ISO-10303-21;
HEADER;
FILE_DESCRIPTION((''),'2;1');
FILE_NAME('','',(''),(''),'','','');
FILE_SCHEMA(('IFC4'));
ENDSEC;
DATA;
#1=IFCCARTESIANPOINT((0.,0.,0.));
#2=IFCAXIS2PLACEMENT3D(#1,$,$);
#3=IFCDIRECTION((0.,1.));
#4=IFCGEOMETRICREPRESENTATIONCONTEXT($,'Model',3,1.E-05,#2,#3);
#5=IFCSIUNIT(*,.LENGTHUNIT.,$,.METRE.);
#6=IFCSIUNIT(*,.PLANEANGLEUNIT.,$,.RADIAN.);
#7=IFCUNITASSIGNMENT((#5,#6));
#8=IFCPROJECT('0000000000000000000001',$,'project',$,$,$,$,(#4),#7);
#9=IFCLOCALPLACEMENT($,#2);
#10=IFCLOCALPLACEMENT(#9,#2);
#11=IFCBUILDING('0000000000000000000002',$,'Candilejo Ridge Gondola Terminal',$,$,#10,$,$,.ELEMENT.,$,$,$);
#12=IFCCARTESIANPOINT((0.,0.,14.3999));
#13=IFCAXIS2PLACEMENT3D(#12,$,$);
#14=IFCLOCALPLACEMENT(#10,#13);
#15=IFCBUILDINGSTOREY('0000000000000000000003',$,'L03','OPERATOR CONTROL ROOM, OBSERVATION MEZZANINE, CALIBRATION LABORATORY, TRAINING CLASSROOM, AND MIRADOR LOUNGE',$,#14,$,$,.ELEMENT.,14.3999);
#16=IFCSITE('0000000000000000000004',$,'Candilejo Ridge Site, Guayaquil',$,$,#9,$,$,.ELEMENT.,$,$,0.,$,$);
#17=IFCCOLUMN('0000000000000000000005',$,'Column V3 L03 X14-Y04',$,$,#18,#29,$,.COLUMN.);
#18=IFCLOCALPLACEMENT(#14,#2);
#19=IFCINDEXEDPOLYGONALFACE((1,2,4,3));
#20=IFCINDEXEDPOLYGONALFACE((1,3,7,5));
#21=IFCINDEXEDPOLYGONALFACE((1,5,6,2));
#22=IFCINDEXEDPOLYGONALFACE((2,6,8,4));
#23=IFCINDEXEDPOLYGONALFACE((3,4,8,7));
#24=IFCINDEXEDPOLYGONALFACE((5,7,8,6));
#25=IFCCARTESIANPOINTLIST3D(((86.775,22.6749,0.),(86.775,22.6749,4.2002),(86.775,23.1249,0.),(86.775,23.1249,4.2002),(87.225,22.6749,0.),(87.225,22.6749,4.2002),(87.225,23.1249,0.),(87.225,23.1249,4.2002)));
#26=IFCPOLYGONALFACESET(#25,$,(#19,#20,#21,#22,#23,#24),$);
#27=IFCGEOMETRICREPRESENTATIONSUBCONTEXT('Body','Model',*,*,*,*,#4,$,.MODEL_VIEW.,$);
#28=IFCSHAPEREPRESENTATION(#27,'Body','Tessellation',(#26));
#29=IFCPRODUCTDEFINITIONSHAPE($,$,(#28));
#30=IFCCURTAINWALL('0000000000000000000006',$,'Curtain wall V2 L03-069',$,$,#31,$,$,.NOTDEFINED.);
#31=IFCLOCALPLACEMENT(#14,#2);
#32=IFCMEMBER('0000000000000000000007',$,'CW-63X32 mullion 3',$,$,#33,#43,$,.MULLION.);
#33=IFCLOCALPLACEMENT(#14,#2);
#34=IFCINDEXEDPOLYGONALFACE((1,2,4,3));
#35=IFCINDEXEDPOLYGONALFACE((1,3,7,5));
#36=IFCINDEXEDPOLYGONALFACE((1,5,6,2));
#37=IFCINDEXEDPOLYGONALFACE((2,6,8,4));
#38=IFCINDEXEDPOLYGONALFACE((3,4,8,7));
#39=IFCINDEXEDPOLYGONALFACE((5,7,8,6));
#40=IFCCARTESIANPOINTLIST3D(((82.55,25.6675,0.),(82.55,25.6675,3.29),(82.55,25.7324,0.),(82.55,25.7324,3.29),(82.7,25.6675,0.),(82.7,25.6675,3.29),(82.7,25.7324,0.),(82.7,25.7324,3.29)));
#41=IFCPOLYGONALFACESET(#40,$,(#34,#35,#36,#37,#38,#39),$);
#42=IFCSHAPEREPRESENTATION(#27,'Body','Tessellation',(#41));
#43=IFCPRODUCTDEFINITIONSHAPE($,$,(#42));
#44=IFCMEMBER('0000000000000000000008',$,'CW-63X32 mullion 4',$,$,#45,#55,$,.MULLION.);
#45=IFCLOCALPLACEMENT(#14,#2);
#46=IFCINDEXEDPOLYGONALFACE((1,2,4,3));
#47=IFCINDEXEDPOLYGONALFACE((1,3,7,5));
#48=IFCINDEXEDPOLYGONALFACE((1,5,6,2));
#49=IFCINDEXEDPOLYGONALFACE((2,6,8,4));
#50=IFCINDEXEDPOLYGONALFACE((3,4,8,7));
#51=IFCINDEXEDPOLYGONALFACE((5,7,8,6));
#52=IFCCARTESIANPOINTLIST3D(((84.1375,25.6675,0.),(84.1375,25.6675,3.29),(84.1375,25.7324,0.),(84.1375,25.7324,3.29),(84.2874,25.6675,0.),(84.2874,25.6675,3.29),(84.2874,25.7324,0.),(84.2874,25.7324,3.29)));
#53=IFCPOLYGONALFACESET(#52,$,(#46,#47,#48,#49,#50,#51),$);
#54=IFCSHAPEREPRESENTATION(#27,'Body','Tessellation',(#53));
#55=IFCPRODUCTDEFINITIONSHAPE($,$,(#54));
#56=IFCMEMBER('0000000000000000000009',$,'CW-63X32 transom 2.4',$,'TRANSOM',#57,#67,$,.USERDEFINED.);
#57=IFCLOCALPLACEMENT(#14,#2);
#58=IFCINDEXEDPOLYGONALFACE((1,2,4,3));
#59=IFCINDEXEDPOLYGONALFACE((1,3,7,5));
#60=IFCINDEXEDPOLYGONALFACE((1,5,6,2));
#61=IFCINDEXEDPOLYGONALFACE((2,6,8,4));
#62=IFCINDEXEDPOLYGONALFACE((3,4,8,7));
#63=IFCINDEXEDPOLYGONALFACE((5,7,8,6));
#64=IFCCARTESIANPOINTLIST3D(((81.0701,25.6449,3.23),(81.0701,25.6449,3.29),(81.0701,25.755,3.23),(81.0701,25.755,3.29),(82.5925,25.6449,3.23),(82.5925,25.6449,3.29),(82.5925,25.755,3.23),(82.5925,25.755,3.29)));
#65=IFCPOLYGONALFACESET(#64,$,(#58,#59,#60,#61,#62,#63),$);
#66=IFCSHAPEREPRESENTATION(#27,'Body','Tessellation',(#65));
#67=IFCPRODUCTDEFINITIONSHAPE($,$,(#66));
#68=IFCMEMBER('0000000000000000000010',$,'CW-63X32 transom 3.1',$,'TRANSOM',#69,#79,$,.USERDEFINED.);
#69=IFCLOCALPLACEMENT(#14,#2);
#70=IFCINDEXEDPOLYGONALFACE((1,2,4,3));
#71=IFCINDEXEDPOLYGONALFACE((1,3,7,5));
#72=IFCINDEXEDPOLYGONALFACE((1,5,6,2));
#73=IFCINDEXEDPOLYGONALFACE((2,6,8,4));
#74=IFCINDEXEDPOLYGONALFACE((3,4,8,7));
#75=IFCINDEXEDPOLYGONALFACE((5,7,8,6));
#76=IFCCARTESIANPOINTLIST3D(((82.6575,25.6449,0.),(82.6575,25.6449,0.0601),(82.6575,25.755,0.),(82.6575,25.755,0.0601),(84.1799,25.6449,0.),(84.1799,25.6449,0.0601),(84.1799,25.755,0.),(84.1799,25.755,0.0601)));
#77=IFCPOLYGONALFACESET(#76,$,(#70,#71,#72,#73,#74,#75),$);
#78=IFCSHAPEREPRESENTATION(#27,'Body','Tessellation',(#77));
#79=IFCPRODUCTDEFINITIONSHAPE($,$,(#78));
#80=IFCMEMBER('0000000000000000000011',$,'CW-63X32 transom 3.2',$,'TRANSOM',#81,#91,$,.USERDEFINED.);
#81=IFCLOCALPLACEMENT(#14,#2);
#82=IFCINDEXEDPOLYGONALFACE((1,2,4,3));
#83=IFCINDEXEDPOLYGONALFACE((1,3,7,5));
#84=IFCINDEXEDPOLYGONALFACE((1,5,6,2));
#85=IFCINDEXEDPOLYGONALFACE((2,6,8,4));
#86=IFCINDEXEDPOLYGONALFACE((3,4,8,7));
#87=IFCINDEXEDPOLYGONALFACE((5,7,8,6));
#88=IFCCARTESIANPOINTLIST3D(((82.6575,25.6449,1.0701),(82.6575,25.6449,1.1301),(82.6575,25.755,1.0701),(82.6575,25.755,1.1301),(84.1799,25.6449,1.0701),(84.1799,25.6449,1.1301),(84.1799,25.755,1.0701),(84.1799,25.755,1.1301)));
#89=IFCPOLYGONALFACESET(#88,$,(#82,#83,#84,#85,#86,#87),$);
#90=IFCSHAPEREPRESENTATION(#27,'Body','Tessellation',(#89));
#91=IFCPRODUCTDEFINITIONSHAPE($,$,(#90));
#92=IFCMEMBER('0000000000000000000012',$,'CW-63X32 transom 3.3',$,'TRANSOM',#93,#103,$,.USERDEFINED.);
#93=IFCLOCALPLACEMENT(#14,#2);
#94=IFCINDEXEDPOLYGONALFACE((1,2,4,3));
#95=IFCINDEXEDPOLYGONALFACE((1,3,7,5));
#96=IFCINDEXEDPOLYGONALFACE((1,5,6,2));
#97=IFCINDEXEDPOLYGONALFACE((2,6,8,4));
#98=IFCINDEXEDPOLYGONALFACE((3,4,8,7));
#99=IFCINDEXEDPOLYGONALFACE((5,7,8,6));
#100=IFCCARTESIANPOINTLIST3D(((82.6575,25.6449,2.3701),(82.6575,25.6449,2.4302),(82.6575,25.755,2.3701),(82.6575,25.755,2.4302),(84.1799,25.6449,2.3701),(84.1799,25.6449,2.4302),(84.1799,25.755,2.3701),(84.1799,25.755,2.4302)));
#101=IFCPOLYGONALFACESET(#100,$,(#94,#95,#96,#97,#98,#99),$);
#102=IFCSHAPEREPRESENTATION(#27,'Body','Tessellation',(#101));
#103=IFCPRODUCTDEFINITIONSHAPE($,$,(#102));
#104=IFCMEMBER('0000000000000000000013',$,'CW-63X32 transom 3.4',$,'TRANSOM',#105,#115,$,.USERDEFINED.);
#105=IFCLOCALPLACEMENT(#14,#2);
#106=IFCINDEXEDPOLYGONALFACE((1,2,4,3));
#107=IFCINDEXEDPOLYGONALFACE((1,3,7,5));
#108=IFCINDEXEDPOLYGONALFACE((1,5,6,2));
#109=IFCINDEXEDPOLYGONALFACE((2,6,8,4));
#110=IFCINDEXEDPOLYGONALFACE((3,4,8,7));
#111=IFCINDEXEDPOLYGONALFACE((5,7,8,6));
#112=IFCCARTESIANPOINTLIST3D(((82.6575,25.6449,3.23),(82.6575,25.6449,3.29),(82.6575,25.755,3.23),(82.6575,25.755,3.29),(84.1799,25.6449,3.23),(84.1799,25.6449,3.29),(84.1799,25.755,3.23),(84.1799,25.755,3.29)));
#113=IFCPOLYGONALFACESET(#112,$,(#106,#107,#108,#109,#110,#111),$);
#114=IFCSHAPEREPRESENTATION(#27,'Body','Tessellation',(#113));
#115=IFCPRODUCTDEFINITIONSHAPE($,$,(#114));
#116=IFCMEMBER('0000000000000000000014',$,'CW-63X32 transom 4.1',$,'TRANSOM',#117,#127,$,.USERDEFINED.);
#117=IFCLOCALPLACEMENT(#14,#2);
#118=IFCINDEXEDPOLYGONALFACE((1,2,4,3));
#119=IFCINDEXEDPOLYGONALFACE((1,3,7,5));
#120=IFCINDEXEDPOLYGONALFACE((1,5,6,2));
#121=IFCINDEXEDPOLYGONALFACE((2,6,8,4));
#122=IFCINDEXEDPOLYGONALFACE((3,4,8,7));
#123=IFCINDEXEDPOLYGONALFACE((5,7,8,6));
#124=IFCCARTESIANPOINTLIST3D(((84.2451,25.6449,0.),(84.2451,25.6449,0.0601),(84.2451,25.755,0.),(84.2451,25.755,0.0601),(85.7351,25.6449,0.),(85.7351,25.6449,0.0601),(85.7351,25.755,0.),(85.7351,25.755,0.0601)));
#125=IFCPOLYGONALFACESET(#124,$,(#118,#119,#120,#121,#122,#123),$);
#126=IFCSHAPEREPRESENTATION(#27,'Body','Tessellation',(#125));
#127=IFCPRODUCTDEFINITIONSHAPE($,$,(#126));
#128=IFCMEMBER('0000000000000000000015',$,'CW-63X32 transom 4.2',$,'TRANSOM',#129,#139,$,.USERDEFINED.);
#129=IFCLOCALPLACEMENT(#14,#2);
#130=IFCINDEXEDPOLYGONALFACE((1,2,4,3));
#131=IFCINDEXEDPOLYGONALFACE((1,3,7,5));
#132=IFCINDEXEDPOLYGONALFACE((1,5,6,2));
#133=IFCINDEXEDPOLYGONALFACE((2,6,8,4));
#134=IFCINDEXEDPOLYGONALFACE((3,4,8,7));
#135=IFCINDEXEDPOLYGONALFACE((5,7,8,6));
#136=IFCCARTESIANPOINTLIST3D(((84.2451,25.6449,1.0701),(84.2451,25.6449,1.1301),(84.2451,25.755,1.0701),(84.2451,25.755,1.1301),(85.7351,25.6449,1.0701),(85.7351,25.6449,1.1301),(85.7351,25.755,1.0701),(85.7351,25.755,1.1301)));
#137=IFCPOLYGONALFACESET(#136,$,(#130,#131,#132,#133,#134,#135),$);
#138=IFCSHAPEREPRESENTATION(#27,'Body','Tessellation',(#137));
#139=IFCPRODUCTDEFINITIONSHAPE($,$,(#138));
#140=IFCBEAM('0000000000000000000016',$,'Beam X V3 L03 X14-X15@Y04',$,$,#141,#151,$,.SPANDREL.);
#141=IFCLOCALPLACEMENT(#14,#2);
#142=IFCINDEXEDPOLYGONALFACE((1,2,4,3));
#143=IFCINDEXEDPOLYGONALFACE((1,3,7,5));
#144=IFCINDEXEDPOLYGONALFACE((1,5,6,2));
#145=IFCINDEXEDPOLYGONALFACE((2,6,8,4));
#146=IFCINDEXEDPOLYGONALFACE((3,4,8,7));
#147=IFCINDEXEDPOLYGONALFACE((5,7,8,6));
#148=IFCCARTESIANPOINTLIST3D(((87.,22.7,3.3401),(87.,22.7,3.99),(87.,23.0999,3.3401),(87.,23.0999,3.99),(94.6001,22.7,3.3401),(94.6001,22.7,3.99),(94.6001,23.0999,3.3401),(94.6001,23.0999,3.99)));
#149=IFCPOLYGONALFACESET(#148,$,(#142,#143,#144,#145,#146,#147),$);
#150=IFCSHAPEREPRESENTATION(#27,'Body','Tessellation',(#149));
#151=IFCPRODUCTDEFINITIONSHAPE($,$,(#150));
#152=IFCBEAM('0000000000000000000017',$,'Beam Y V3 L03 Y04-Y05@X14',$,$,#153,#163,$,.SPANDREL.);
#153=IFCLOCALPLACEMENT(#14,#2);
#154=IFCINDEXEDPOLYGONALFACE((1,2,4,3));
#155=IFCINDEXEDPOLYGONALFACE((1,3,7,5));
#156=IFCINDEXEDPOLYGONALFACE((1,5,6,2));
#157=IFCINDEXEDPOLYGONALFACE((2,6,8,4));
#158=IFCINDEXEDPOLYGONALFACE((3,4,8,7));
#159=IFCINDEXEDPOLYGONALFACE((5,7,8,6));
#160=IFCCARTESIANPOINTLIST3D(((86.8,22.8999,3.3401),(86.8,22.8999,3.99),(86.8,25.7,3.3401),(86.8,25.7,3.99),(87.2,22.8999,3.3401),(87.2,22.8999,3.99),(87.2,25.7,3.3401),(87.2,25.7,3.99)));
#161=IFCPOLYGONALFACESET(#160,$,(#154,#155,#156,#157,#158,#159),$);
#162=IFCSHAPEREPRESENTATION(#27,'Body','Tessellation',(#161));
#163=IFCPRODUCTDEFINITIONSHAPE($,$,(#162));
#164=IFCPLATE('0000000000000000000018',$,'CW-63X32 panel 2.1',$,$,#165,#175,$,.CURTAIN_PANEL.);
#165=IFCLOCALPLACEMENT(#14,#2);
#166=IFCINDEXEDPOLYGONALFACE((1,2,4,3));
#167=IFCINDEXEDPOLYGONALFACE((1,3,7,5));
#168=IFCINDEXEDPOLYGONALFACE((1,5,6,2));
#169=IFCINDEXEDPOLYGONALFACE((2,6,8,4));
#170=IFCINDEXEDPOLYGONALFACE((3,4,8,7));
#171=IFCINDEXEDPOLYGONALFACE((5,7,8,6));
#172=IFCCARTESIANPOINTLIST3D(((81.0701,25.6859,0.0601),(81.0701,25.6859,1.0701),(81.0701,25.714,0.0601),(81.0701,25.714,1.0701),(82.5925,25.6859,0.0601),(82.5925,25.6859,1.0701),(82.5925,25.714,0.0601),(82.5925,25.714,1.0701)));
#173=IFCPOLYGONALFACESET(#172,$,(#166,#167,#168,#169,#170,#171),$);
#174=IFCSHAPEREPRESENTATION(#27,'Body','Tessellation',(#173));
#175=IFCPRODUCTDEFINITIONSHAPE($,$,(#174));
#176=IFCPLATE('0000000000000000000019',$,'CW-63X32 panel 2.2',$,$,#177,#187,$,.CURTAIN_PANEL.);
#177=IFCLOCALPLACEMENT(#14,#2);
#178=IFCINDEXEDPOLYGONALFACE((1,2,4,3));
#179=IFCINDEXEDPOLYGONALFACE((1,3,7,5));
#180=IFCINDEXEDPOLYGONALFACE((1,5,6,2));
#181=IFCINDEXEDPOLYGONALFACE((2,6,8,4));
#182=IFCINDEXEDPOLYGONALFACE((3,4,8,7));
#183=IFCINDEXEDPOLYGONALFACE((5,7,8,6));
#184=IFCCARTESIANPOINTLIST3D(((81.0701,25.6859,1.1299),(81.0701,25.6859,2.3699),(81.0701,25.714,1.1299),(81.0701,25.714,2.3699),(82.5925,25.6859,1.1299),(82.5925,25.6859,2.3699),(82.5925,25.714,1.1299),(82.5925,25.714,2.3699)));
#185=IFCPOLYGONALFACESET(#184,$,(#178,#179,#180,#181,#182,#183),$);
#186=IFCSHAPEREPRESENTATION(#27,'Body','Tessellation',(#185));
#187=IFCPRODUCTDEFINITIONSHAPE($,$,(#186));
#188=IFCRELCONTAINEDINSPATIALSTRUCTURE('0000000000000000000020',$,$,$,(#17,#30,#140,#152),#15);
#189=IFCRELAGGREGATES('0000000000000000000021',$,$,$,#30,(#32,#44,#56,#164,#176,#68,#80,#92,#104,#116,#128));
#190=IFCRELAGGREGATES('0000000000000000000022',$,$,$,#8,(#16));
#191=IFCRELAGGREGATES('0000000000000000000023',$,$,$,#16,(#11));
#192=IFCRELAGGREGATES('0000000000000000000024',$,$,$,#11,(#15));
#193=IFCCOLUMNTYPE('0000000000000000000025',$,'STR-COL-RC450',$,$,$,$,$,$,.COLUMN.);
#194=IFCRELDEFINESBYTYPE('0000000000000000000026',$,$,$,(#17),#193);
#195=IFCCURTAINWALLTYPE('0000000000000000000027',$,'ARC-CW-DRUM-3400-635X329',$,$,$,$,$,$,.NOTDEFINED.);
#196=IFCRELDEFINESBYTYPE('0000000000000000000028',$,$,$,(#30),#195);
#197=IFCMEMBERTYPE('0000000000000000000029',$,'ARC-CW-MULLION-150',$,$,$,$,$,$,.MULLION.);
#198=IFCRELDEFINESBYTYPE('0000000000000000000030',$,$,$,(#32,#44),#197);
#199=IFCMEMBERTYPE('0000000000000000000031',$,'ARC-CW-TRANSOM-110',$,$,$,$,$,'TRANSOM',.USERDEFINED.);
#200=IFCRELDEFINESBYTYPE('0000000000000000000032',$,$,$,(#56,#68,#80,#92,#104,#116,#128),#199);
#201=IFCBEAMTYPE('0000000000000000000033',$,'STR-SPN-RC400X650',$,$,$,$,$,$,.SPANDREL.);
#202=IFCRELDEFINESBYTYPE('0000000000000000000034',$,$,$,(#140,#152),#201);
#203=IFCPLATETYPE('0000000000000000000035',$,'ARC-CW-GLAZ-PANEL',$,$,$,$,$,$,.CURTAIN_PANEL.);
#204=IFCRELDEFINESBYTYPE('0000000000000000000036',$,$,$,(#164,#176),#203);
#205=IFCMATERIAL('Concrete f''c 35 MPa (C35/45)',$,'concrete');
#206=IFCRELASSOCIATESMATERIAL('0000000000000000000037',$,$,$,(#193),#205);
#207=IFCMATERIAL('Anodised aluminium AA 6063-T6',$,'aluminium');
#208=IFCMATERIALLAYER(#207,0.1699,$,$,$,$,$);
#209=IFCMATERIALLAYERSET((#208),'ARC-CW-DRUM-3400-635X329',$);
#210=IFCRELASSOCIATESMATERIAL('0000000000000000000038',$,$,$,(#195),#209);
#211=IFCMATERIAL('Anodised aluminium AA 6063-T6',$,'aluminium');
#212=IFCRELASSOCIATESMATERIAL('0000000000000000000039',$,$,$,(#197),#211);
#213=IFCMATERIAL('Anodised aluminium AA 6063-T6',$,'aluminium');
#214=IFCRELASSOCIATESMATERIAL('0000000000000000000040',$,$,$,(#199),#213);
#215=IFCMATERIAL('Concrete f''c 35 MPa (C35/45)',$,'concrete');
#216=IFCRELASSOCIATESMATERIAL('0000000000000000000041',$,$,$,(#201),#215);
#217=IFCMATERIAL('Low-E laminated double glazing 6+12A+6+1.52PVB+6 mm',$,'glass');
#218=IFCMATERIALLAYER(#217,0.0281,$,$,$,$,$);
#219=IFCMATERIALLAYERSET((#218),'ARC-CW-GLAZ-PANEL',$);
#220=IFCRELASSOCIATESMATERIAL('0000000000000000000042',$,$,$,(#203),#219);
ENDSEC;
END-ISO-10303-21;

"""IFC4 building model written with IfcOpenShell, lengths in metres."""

from ifc_helpers import new_model, si_unit, direction, frame, origin, origin_2d, place, context, subcontext, project, spatial, rectangle, extrude, material, layer, layer_set, material_profile, profile_set, type_object, element, aggregate, save


model = new_model("IFC4")

# Units and contexts
model_context = context("Model", 3, precision=1e-05, world=origin(), true_north=direction((0.0, 1.0)))
body_context = subcontext(model_context, "Body", "Model", "MODEL_VIEW")
ifc_project = project(units=[si_unit("LENGTHUNIT", "METRE"), si_unit("PLANEANGLEUNIT", "RADIAN")], contexts=[model_context])

# Site, building, storey
site_placement = place(None, origin())
site = spatial("IfcSite", under=ifc_project, at=site_placement, Name="Candilejo Ridge Site, Guayaquil", CompositionType="ELEMENT", RefElevation=0.0)
building_placement = place(site_placement, origin())
building = spatial("IfcBuilding", under=site, at=building_placement, Name="Candilejo Ridge Gondola Terminal", CompositionType="ELEMENT")
storey_placement = place(building_placement, frame((0.0, 0.0, 14.3999)))
storey = spatial("IfcBuildingStorey", under=building, at=storey_placement, Name="L03", Description="OPERATOR CONTROL ROOM, OBSERVATION MEZZANINE, CALIBRATION LABORATORY, TRAINING CLASSROOM, AND MIRADOR LOUNGE", CompositionType="ELEMENT", Elevation=14.3999)

# Column
ifc_material_1 = material(Name="Concrete f'c 35 MPa (C35/45)", Category="concrete")
ifc_material_profile_1 = material_profile(ifc_material_1, rectangle(XDim=0.45, YDim=0.45, at=origin_2d()))
ifc_profile_set_1 = profile_set([ifc_material_profile_1], Name="Concrete f'c 35 MPa (C35/45)")
column_type = type_object("IfcColumnType", Name="STR-COL-RC450", PredefinedType="COLUMN", material=ifc_profile_set_1)
column_placement = place(storey_placement, frame((87.0, 22.8999, 0.0), z_axis=(0.0, 0.0, 1.0), x_axis=(1.0, 0.0, 0.0)))
element("IfcColumn", 1, at=column_placement, inside=storey, type_object=column_type, Name="Column V3 L03 X14-Y04", PredefinedType="COLUMN", context=body_context, shape_type="SweptSolid", body=[
    extrude(rectangle(XDim=0.45, YDim=0.45, at=origin_2d()), origin(), (0.0, 0.0, 1.0), 4.2002),
])

# Curtain wall, members
ifc_material_2 = material(Name="Anodised aluminium AA 6063-T6", Category="aluminium")
ifc_layer_1 = layer(ifc_material_2, 0.1699)
ifc_layer_set_1 = layer_set([ifc_layer_1], Name="ARC-CW-DRUM-3400-635X329")
curtain_wall_type = type_object("IfcCurtainWallType", Name="ARC-CW-DRUM-3400-635X329", PredefinedType="NOTDEFINED", material=ifc_layer_set_1)
curtain_wall_placement = place(storey_placement, origin())
curtain_wall = element("IfcCurtainWall", 2, at=curtain_wall_placement, inside=storey, type_object=curtain_wall_type, Name="Curtain wall V2 L03-069", PredefinedType="NOTDEFINED")
ifc_material_3 = material(Name="Anodised aluminium AA 6063-T6", Category="aluminium")
ifc_material_profile_2 = material_profile(ifc_material_3, rectangle(XDim=0.0649, YDim=0.1499, at=origin_2d()))
ifc_profile_set_2 = profile_set([ifc_material_profile_2], Name="Anodised aluminium AA 6063-T6")
member_type_1 = type_object("IfcMemberType", Name="ARC-CW-MULLION-150", PredefinedType="MULLION", material=ifc_profile_set_2)
member_1_placement = place(storey_placement, frame((82.625, 25.7, 0.0), z_axis=(0.0, 0.0, 1.0), x_axis=(0.0, 1.0, 0.0)))
member_1 = element("IfcMember", 3, at=member_1_placement, type_object=member_type_1, Name="CW-63X32 mullion 3", PredefinedType="MULLION", context=body_context, shape_type="SweptSolid", body=[
    extrude(rectangle(XDim=0.0649, YDim=0.1499, at=origin_2d()), origin(), (0.0, 0.0, 1.0), 3.29),
])
member_2_placement = place(storey_placement, frame((84.2124, 25.7, 0.0), z_axis=(0.0, 0.0, 1.0), x_axis=(0.0, 1.0, 0.0)))
member_2 = element("IfcMember", 4, at=member_2_placement, type_object=member_type_1, Name="CW-63X32 mullion 4", PredefinedType="MULLION", context=body_context, shape_type="SweptSolid", body=[
    extrude(rectangle(XDim=0.0649, YDim=0.1499, at=origin_2d()), origin(), (0.0, 0.0, 1.0), 3.29),
])
ifc_material_4 = material(Name="Anodised aluminium AA 6063-T6", Category="aluminium")
ifc_material_profile_3 = material_profile(ifc_material_4, rectangle(XDim=0.1101, YDim=0.0601, at=origin_2d()))
ifc_profile_set_3 = profile_set([ifc_material_profile_3], Name="Anodised aluminium AA 6063-T6")
member_type_2 = type_object("IfcMemberType", Name="ARC-CW-TRANSOM-110", ElementType="TRANSOM", PredefinedType="USERDEFINED", material=ifc_profile_set_3)
member_3_placement = place(storey_placement, frame((81.0701, 25.7, 3.26), z_axis=(1.0, 0.0, 0.0), x_axis=(0.0, 1.0, 0.0)))
member_3 = element("IfcMember", 5, at=member_3_placement, type_object=member_type_2, Name="CW-63X32 transom 2.4", ObjectType="TRANSOM", PredefinedType="USERDEFINED", context=body_context, shape_type="SweptSolid", body=[
    extrude(rectangle(XDim=0.1101, YDim=0.0601, at=origin_2d()), origin(), (0.0, 0.0, 1.0), 1.5225),
])
member_4_placement = place(storey_placement, frame((82.6575, 25.7, 0.03), z_axis=(1.0, 0.0, 0.0), x_axis=(0.0, 1.0, 0.0)))
member_4 = element("IfcMember", 6, at=member_4_placement, type_object=member_type_2, Name="CW-63X32 transom 3.1", ObjectType="TRANSOM", PredefinedType="USERDEFINED", context=body_context, shape_type="SweptSolid", body=[
    extrude(rectangle(XDim=0.1101, YDim=0.0601, at=origin_2d()), origin(), (0.0, 0.0, 1.0), 1.5225),
])
member_5_placement = place(storey_placement, frame((82.6575, 25.7, 1.1001), z_axis=(1.0, 0.0, 0.0), x_axis=(0.0, 1.0, 0.0)))
member_5 = element("IfcMember", 7, at=member_5_placement, type_object=member_type_2, Name="CW-63X32 transom 3.2", ObjectType="TRANSOM", PredefinedType="USERDEFINED", context=body_context, shape_type="SweptSolid", body=[
    extrude(rectangle(XDim=0.1101, YDim=0.0601, at=origin_2d()), origin(), (0.0, 0.0, 1.0), 1.5225),
])
member_6_placement = place(storey_placement, frame((82.6575, 25.7, 2.4001), z_axis=(1.0, 0.0, 0.0), x_axis=(0.0, 1.0, 0.0)))
member_6 = element("IfcMember", 8, at=member_6_placement, type_object=member_type_2, Name="CW-63X32 transom 3.3", ObjectType="TRANSOM", PredefinedType="USERDEFINED", context=body_context, shape_type="SweptSolid", body=[
    extrude(rectangle(XDim=0.1101, YDim=0.0601, at=origin_2d()), origin(), (0.0, 0.0, 1.0), 1.5225),
])
member_7_placement = place(storey_placement, frame((82.6575, 25.7, 3.26), z_axis=(1.0, 0.0, 0.0), x_axis=(0.0, 1.0, 0.0)))
member_7 = element("IfcMember", 9, at=member_7_placement, type_object=member_type_2, Name="CW-63X32 transom 3.4", ObjectType="TRANSOM", PredefinedType="USERDEFINED", context=body_context, shape_type="SweptSolid", body=[
    extrude(rectangle(XDim=0.1101, YDim=0.0601, at=origin_2d()), origin(), (0.0, 0.0, 1.0), 1.5225),
])
member_8_placement = place(storey_placement, frame((84.2451, 25.7, 0.03), z_axis=(1.0, 0.0, 0.0), x_axis=(0.0, 1.0, 0.0)))
member_8 = element("IfcMember", 10, at=member_8_placement, type_object=member_type_2, Name="CW-63X32 transom 4.1", ObjectType="TRANSOM", PredefinedType="USERDEFINED", context=body_context, shape_type="SweptSolid", body=[
    extrude(rectangle(XDim=0.1101, YDim=0.0601, at=origin_2d()), origin(), (0.0, 0.0, 1.0), 1.49),
])
member_9_placement = place(storey_placement, frame((84.2451, 25.7, 1.1001), z_axis=(1.0, 0.0, 0.0), x_axis=(0.0, 1.0, 0.0)))
member_9 = element("IfcMember", 11, at=member_9_placement, type_object=member_type_2, Name="CW-63X32 transom 4.2", ObjectType="TRANSOM", PredefinedType="USERDEFINED", context=body_context, shape_type="SweptSolid", body=[
    extrude(rectangle(XDim=0.1101, YDim=0.0601, at=origin_2d()), origin(), (0.0, 0.0, 1.0), 1.49),
])

# Beams
ifc_material_5 = material(Name="Concrete f'c 35 MPa (C35/45)", Category="concrete")
ifc_material_profile_4 = material_profile(ifc_material_5, rectangle(XDim=0.3999, YDim=0.6499, at=origin_2d()))
ifc_profile_set_4 = profile_set([ifc_material_profile_4], Name="Concrete f'c 35 MPa (C35/45)")
beam_type = type_object("IfcBeamType", Name="STR-SPN-RC400X650", PredefinedType="SPANDREL", material=ifc_profile_set_4)
beam_1_placement = place(storey_placement, frame((87.0, 22.8999, 3.665), z_axis=(1.0, 0.0, 0.0), x_axis=(0.0, 1.0, 0.0)))
element("IfcBeam", 12, at=beam_1_placement, inside=storey, type_object=beam_type, Name="Beam X V3 L03 X14-X15@Y04", PredefinedType="SPANDREL", context=body_context, shape_type="SweptSolid", body=[
    extrude(rectangle(XDim=0.3999, YDim=0.6499, at=origin_2d()), origin(), (0.0, 0.0, 1.0), 7.6001),
])
beam_2_placement = place(storey_placement, frame((87.0, 22.8999, 3.665), z_axis=(0.0, 1.0, 0.0), x_axis=(-1.0, 0.0, 0.0)))
element("IfcBeam", 13, at=beam_2_placement, inside=storey, type_object=beam_type, Name="Beam Y V3 L03 Y04-Y05@X14", PredefinedType="SPANDREL", context=body_context, shape_type="SweptSolid", body=[
    extrude(rectangle(XDim=0.3999, YDim=0.6499, at=origin_2d()), origin(), (0.0, 0.0, 1.0), 2.8),
])

# Plates
ifc_material_6 = material(Name="Low-E laminated double glazing 6+12A+6+1.52PVB+6 mm", Category="glass")
ifc_layer_2 = layer(ifc_material_6, 0.0281)
ifc_layer_set_2 = layer_set([ifc_layer_2], Name="ARC-CW-GLAZ-PANEL")
plate_type = type_object("IfcPlateType", Name="ARC-CW-GLAZ-PANEL", PredefinedType="CURTAIN_PANEL", material=ifc_layer_set_2)
plate_1_placement = place(storey_placement, frame((81.8313, 25.7, 0.0601), z_axis=(0.0, 0.0, 1.0), x_axis=(1.0, 0.0, 0.0)))
plate_1 = element("IfcPlate", 14, at=plate_1_placement, type_object=plate_type, Name="CW-63X32 panel 2.1", PredefinedType="CURTAIN_PANEL", context=body_context, shape_type="SweptSolid", body=[
    extrude(rectangle(XDim=1.5225, YDim=0.0281, at=origin_2d()), origin(), (0.0, 0.0, 1.0), 1.01),
])
plate_2_placement = place(storey_placement, frame((81.8313, 25.7, 1.1299), z_axis=(0.0, 0.0, 1.0), x_axis=(1.0, 0.0, 0.0)))
plate_2 = element("IfcPlate", 15, at=plate_2_placement, type_object=plate_type, Name="CW-63X32 panel 2.2", PredefinedType="CURTAIN_PANEL", context=body_context, shape_type="SweptSolid", body=[
    extrude(rectangle(XDim=1.5225, YDim=0.0281, at=origin_2d()), origin(), (0.0, 0.0, 1.0), 1.24),
])
aggregate(curtain_wall, [member_1, member_2, member_3, plate_1, plate_2, member_4, member_5, member_6, member_7, member_8, member_9])

save(model, "model.ifc")
